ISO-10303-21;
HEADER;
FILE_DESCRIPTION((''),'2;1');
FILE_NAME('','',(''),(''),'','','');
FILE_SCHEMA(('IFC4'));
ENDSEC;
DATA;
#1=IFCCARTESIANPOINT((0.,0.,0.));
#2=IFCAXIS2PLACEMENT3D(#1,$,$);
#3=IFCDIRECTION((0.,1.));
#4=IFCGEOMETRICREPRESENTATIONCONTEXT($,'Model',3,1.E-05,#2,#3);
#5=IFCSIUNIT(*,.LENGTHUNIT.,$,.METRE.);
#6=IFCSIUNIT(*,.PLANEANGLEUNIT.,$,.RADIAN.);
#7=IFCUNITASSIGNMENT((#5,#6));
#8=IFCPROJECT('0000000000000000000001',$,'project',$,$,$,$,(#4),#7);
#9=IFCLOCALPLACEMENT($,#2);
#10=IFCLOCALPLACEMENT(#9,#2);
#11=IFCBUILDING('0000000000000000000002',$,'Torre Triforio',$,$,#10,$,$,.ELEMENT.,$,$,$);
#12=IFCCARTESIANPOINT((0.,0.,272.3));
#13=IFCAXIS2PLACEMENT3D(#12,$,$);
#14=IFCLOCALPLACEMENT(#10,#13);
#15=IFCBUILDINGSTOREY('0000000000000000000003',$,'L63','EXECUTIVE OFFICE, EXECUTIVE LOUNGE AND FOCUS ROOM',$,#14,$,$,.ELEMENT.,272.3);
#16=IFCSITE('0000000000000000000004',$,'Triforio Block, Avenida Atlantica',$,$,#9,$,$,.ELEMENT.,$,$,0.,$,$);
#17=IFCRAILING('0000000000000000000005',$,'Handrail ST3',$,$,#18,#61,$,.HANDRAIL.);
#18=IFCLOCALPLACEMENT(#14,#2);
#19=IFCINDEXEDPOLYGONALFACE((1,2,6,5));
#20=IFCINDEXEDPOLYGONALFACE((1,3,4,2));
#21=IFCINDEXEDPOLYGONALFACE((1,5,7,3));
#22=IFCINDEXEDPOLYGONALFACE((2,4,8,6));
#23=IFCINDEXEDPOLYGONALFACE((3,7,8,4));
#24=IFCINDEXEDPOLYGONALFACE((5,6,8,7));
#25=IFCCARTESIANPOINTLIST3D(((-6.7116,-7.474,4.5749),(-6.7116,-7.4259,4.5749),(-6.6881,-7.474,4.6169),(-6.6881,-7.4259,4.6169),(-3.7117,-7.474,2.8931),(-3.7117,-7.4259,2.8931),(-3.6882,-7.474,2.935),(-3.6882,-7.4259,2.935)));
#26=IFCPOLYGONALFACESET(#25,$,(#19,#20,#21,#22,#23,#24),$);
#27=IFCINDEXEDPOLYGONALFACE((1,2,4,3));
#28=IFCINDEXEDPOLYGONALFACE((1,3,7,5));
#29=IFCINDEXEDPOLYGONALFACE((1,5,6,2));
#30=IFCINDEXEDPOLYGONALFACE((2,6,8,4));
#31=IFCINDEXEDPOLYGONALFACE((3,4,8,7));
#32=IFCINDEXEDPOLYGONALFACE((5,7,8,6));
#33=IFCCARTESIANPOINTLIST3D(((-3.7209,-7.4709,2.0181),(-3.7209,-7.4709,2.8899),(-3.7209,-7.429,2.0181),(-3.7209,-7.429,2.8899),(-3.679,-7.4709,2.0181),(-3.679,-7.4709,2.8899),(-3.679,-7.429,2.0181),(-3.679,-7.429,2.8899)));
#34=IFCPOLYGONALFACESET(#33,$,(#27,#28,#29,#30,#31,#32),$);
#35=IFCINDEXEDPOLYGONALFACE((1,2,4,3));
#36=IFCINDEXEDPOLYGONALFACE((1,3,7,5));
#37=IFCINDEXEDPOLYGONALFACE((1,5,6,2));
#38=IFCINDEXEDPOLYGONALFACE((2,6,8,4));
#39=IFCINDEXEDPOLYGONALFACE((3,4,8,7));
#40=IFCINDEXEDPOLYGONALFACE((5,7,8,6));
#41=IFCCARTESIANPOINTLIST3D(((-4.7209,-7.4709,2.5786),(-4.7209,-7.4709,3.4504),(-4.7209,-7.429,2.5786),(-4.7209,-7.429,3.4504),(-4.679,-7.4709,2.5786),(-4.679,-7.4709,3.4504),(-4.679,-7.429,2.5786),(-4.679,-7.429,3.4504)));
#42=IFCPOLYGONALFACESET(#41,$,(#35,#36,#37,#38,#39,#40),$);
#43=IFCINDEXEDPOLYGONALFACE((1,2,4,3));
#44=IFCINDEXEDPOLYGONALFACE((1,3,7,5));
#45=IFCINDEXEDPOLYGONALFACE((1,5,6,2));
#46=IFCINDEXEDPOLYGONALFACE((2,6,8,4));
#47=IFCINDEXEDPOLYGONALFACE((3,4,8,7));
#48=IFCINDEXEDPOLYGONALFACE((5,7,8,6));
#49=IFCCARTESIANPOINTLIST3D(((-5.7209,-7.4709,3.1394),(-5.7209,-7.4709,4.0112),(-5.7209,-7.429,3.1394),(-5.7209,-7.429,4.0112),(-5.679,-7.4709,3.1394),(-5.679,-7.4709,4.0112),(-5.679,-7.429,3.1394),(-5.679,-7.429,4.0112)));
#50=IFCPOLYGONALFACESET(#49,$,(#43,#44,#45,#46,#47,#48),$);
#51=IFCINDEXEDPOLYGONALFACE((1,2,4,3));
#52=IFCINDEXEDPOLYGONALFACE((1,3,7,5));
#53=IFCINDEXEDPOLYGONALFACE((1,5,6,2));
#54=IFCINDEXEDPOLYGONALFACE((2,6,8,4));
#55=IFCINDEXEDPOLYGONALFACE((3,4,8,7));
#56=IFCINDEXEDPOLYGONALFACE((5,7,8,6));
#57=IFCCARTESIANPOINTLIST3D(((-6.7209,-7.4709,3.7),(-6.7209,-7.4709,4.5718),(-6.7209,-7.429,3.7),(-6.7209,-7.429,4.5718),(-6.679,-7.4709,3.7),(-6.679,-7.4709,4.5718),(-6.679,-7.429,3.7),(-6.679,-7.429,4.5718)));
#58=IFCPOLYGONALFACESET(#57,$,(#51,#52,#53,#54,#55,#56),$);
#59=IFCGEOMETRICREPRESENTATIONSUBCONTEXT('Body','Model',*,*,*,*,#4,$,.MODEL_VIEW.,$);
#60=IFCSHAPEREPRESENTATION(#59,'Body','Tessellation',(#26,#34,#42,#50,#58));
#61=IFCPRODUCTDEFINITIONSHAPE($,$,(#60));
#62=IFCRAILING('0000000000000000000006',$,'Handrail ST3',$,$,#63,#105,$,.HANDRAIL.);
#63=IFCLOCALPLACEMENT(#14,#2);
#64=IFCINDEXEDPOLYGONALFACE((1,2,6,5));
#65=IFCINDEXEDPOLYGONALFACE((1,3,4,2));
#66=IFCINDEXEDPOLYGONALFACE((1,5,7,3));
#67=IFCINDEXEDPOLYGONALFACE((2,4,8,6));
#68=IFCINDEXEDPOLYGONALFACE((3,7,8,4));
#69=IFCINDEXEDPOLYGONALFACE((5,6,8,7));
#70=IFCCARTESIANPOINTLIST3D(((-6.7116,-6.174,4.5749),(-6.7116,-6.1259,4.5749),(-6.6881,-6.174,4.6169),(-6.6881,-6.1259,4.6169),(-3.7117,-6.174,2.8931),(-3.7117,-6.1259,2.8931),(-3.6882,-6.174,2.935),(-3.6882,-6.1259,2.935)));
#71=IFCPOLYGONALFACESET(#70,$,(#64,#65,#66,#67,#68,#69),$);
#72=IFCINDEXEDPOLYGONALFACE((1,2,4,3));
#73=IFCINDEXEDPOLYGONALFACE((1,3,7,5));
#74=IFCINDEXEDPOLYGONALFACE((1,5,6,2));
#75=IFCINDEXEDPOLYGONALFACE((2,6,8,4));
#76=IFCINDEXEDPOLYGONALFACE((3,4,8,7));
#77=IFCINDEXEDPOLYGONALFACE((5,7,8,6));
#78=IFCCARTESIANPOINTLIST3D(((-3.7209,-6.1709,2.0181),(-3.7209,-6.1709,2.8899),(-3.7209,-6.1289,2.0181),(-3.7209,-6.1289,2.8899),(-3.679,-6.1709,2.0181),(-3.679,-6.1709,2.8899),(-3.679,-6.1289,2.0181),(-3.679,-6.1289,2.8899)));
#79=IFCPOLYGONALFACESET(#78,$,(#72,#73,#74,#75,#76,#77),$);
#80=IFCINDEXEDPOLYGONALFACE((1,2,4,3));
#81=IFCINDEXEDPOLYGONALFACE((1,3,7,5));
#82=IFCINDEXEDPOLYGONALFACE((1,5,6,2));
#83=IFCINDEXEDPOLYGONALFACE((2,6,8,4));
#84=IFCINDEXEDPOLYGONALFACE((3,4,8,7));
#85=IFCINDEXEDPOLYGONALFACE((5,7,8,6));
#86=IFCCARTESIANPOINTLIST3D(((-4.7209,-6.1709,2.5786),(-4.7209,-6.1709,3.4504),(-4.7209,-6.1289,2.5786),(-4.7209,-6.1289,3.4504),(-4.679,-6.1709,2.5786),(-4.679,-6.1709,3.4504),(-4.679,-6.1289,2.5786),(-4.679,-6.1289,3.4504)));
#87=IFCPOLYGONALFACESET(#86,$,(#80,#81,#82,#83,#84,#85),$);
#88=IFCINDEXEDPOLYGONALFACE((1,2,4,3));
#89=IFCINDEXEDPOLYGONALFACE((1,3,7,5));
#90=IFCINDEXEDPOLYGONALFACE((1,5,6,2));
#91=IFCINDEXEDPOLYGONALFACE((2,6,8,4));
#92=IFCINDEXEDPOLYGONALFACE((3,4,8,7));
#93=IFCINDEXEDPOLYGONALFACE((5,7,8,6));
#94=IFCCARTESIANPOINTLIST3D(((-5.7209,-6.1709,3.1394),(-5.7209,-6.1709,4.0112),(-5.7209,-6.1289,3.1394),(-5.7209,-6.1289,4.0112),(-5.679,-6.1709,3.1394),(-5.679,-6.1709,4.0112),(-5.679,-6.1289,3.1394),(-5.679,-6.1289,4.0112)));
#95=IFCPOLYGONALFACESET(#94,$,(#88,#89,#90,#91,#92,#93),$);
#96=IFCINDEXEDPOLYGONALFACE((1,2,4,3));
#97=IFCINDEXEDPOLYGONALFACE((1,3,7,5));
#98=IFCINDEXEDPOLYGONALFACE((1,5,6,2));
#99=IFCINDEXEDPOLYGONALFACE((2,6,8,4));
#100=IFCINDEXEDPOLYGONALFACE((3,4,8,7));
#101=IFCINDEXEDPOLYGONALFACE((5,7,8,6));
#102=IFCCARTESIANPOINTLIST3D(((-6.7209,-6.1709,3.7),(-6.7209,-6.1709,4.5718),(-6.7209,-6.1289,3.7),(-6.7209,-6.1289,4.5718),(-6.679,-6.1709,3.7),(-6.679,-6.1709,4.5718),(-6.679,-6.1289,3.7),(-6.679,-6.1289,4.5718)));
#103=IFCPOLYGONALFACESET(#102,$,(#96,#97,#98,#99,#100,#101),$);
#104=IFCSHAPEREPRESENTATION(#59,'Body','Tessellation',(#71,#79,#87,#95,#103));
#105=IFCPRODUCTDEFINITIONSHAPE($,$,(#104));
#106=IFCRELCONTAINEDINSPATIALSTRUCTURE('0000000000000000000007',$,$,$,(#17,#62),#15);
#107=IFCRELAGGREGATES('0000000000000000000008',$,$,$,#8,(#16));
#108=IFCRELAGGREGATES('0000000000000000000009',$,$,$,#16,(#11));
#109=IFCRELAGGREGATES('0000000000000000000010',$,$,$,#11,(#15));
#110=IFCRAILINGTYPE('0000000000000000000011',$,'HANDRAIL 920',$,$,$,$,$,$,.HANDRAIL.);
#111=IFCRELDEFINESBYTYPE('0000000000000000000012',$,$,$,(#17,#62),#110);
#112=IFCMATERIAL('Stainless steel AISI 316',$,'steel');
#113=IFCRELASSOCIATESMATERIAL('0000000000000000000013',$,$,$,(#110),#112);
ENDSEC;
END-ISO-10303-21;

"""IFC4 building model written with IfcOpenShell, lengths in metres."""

from ifc_helpers import new_model, si_unit, direction, frame, origin, origin_2d, place, context, subcontext, project, spatial, rectangle, extrude, material, type_object, element, save


model = new_model("IFC4")

# Units and contexts
model_context = context("Model", 3, precision=1e-05, world=origin(), true_north=direction((0.0, 1.0)))
body_context = subcontext(model_context, "Body", "Model", "MODEL_VIEW")
ifc_project = project(units=[si_unit("LENGTHUNIT", "METRE"), si_unit("PLANEANGLEUNIT", "RADIAN")], contexts=[model_context])

# Site, building, storey
site_placement = place(None, origin())
site = spatial("IfcSite", under=ifc_project, at=site_placement, Name="Triforio Block, Avenida Atlantica", CompositionType="ELEMENT", RefElevation=0.0)
building_placement = place(site_placement, origin())
building = spatial("IfcBuilding", under=site, at=building_placement, Name="Torre Triforio", CompositionType="ELEMENT")
storey_placement = place(building_placement, frame((0.0, 0.0, 272.3)))
storey = spatial("IfcBuildingStorey", under=building, at=storey_placement, Name="L63", Description="EXECUTIVE OFFICE, EXECUTIVE LOUNGE AND FOCUS ROOM", CompositionType="ELEMENT", Elevation=272.3)

# Railings
ifc_material_1 = material(Name="Stainless steel AISI 316", Category="steel")
railing_type = type_object("IfcRailingType", Name="HANDRAIL 920", PredefinedType="HANDRAIL", material=ifc_material_1)
for number, where, name in (
    (1, (-3.7, -7.45, 2.0181), "Handrail ST3"),
    (2, (-3.7, -6.1499, 2.0181), "Handrail ST3"),
):
    element("IfcRailing", number, at=place(storey_placement, frame(where)), inside=storey, type_object=railing_type, Name=name, PredefinedType="HANDRAIL", context=body_context, shape_type="SweptSolid", body=[
        extrude(rectangle(XDim=0.0481, YDim=0.0481, at=origin_2d()), frame((0.0, 0.0, 0.896), z_axis=(-0.872272, 0.0, 0.48902), x_axis=(0.0, -1.0, 0.0)), (0.0, 0.0, 1.0), 3.4392),
        extrude(rectangle(XDim=0.042, YDim=0.042, at=origin_2d()), origin(), (0.0, 0.0, 1.0), 0.8718),
        extrude(rectangle(XDim=0.042, YDim=0.042, at=origin_2d()), frame((-1.0, 0.0, 0.5605)), (0.0, 0.0, 1.0), 0.8718),
        extrude(rectangle(XDim=0.042, YDim=0.042, at=origin_2d()), frame((-2.0, 0.0, 1.1213)), (0.0, 0.0, 1.0), 0.8718),
        extrude(rectangle(XDim=0.042, YDim=0.042, at=origin_2d()), frame((-3.0, 0.0, 1.6819)), (0.0, 0.0, 1.0), 0.8718),
    ])

save(model, "model.ifc")
